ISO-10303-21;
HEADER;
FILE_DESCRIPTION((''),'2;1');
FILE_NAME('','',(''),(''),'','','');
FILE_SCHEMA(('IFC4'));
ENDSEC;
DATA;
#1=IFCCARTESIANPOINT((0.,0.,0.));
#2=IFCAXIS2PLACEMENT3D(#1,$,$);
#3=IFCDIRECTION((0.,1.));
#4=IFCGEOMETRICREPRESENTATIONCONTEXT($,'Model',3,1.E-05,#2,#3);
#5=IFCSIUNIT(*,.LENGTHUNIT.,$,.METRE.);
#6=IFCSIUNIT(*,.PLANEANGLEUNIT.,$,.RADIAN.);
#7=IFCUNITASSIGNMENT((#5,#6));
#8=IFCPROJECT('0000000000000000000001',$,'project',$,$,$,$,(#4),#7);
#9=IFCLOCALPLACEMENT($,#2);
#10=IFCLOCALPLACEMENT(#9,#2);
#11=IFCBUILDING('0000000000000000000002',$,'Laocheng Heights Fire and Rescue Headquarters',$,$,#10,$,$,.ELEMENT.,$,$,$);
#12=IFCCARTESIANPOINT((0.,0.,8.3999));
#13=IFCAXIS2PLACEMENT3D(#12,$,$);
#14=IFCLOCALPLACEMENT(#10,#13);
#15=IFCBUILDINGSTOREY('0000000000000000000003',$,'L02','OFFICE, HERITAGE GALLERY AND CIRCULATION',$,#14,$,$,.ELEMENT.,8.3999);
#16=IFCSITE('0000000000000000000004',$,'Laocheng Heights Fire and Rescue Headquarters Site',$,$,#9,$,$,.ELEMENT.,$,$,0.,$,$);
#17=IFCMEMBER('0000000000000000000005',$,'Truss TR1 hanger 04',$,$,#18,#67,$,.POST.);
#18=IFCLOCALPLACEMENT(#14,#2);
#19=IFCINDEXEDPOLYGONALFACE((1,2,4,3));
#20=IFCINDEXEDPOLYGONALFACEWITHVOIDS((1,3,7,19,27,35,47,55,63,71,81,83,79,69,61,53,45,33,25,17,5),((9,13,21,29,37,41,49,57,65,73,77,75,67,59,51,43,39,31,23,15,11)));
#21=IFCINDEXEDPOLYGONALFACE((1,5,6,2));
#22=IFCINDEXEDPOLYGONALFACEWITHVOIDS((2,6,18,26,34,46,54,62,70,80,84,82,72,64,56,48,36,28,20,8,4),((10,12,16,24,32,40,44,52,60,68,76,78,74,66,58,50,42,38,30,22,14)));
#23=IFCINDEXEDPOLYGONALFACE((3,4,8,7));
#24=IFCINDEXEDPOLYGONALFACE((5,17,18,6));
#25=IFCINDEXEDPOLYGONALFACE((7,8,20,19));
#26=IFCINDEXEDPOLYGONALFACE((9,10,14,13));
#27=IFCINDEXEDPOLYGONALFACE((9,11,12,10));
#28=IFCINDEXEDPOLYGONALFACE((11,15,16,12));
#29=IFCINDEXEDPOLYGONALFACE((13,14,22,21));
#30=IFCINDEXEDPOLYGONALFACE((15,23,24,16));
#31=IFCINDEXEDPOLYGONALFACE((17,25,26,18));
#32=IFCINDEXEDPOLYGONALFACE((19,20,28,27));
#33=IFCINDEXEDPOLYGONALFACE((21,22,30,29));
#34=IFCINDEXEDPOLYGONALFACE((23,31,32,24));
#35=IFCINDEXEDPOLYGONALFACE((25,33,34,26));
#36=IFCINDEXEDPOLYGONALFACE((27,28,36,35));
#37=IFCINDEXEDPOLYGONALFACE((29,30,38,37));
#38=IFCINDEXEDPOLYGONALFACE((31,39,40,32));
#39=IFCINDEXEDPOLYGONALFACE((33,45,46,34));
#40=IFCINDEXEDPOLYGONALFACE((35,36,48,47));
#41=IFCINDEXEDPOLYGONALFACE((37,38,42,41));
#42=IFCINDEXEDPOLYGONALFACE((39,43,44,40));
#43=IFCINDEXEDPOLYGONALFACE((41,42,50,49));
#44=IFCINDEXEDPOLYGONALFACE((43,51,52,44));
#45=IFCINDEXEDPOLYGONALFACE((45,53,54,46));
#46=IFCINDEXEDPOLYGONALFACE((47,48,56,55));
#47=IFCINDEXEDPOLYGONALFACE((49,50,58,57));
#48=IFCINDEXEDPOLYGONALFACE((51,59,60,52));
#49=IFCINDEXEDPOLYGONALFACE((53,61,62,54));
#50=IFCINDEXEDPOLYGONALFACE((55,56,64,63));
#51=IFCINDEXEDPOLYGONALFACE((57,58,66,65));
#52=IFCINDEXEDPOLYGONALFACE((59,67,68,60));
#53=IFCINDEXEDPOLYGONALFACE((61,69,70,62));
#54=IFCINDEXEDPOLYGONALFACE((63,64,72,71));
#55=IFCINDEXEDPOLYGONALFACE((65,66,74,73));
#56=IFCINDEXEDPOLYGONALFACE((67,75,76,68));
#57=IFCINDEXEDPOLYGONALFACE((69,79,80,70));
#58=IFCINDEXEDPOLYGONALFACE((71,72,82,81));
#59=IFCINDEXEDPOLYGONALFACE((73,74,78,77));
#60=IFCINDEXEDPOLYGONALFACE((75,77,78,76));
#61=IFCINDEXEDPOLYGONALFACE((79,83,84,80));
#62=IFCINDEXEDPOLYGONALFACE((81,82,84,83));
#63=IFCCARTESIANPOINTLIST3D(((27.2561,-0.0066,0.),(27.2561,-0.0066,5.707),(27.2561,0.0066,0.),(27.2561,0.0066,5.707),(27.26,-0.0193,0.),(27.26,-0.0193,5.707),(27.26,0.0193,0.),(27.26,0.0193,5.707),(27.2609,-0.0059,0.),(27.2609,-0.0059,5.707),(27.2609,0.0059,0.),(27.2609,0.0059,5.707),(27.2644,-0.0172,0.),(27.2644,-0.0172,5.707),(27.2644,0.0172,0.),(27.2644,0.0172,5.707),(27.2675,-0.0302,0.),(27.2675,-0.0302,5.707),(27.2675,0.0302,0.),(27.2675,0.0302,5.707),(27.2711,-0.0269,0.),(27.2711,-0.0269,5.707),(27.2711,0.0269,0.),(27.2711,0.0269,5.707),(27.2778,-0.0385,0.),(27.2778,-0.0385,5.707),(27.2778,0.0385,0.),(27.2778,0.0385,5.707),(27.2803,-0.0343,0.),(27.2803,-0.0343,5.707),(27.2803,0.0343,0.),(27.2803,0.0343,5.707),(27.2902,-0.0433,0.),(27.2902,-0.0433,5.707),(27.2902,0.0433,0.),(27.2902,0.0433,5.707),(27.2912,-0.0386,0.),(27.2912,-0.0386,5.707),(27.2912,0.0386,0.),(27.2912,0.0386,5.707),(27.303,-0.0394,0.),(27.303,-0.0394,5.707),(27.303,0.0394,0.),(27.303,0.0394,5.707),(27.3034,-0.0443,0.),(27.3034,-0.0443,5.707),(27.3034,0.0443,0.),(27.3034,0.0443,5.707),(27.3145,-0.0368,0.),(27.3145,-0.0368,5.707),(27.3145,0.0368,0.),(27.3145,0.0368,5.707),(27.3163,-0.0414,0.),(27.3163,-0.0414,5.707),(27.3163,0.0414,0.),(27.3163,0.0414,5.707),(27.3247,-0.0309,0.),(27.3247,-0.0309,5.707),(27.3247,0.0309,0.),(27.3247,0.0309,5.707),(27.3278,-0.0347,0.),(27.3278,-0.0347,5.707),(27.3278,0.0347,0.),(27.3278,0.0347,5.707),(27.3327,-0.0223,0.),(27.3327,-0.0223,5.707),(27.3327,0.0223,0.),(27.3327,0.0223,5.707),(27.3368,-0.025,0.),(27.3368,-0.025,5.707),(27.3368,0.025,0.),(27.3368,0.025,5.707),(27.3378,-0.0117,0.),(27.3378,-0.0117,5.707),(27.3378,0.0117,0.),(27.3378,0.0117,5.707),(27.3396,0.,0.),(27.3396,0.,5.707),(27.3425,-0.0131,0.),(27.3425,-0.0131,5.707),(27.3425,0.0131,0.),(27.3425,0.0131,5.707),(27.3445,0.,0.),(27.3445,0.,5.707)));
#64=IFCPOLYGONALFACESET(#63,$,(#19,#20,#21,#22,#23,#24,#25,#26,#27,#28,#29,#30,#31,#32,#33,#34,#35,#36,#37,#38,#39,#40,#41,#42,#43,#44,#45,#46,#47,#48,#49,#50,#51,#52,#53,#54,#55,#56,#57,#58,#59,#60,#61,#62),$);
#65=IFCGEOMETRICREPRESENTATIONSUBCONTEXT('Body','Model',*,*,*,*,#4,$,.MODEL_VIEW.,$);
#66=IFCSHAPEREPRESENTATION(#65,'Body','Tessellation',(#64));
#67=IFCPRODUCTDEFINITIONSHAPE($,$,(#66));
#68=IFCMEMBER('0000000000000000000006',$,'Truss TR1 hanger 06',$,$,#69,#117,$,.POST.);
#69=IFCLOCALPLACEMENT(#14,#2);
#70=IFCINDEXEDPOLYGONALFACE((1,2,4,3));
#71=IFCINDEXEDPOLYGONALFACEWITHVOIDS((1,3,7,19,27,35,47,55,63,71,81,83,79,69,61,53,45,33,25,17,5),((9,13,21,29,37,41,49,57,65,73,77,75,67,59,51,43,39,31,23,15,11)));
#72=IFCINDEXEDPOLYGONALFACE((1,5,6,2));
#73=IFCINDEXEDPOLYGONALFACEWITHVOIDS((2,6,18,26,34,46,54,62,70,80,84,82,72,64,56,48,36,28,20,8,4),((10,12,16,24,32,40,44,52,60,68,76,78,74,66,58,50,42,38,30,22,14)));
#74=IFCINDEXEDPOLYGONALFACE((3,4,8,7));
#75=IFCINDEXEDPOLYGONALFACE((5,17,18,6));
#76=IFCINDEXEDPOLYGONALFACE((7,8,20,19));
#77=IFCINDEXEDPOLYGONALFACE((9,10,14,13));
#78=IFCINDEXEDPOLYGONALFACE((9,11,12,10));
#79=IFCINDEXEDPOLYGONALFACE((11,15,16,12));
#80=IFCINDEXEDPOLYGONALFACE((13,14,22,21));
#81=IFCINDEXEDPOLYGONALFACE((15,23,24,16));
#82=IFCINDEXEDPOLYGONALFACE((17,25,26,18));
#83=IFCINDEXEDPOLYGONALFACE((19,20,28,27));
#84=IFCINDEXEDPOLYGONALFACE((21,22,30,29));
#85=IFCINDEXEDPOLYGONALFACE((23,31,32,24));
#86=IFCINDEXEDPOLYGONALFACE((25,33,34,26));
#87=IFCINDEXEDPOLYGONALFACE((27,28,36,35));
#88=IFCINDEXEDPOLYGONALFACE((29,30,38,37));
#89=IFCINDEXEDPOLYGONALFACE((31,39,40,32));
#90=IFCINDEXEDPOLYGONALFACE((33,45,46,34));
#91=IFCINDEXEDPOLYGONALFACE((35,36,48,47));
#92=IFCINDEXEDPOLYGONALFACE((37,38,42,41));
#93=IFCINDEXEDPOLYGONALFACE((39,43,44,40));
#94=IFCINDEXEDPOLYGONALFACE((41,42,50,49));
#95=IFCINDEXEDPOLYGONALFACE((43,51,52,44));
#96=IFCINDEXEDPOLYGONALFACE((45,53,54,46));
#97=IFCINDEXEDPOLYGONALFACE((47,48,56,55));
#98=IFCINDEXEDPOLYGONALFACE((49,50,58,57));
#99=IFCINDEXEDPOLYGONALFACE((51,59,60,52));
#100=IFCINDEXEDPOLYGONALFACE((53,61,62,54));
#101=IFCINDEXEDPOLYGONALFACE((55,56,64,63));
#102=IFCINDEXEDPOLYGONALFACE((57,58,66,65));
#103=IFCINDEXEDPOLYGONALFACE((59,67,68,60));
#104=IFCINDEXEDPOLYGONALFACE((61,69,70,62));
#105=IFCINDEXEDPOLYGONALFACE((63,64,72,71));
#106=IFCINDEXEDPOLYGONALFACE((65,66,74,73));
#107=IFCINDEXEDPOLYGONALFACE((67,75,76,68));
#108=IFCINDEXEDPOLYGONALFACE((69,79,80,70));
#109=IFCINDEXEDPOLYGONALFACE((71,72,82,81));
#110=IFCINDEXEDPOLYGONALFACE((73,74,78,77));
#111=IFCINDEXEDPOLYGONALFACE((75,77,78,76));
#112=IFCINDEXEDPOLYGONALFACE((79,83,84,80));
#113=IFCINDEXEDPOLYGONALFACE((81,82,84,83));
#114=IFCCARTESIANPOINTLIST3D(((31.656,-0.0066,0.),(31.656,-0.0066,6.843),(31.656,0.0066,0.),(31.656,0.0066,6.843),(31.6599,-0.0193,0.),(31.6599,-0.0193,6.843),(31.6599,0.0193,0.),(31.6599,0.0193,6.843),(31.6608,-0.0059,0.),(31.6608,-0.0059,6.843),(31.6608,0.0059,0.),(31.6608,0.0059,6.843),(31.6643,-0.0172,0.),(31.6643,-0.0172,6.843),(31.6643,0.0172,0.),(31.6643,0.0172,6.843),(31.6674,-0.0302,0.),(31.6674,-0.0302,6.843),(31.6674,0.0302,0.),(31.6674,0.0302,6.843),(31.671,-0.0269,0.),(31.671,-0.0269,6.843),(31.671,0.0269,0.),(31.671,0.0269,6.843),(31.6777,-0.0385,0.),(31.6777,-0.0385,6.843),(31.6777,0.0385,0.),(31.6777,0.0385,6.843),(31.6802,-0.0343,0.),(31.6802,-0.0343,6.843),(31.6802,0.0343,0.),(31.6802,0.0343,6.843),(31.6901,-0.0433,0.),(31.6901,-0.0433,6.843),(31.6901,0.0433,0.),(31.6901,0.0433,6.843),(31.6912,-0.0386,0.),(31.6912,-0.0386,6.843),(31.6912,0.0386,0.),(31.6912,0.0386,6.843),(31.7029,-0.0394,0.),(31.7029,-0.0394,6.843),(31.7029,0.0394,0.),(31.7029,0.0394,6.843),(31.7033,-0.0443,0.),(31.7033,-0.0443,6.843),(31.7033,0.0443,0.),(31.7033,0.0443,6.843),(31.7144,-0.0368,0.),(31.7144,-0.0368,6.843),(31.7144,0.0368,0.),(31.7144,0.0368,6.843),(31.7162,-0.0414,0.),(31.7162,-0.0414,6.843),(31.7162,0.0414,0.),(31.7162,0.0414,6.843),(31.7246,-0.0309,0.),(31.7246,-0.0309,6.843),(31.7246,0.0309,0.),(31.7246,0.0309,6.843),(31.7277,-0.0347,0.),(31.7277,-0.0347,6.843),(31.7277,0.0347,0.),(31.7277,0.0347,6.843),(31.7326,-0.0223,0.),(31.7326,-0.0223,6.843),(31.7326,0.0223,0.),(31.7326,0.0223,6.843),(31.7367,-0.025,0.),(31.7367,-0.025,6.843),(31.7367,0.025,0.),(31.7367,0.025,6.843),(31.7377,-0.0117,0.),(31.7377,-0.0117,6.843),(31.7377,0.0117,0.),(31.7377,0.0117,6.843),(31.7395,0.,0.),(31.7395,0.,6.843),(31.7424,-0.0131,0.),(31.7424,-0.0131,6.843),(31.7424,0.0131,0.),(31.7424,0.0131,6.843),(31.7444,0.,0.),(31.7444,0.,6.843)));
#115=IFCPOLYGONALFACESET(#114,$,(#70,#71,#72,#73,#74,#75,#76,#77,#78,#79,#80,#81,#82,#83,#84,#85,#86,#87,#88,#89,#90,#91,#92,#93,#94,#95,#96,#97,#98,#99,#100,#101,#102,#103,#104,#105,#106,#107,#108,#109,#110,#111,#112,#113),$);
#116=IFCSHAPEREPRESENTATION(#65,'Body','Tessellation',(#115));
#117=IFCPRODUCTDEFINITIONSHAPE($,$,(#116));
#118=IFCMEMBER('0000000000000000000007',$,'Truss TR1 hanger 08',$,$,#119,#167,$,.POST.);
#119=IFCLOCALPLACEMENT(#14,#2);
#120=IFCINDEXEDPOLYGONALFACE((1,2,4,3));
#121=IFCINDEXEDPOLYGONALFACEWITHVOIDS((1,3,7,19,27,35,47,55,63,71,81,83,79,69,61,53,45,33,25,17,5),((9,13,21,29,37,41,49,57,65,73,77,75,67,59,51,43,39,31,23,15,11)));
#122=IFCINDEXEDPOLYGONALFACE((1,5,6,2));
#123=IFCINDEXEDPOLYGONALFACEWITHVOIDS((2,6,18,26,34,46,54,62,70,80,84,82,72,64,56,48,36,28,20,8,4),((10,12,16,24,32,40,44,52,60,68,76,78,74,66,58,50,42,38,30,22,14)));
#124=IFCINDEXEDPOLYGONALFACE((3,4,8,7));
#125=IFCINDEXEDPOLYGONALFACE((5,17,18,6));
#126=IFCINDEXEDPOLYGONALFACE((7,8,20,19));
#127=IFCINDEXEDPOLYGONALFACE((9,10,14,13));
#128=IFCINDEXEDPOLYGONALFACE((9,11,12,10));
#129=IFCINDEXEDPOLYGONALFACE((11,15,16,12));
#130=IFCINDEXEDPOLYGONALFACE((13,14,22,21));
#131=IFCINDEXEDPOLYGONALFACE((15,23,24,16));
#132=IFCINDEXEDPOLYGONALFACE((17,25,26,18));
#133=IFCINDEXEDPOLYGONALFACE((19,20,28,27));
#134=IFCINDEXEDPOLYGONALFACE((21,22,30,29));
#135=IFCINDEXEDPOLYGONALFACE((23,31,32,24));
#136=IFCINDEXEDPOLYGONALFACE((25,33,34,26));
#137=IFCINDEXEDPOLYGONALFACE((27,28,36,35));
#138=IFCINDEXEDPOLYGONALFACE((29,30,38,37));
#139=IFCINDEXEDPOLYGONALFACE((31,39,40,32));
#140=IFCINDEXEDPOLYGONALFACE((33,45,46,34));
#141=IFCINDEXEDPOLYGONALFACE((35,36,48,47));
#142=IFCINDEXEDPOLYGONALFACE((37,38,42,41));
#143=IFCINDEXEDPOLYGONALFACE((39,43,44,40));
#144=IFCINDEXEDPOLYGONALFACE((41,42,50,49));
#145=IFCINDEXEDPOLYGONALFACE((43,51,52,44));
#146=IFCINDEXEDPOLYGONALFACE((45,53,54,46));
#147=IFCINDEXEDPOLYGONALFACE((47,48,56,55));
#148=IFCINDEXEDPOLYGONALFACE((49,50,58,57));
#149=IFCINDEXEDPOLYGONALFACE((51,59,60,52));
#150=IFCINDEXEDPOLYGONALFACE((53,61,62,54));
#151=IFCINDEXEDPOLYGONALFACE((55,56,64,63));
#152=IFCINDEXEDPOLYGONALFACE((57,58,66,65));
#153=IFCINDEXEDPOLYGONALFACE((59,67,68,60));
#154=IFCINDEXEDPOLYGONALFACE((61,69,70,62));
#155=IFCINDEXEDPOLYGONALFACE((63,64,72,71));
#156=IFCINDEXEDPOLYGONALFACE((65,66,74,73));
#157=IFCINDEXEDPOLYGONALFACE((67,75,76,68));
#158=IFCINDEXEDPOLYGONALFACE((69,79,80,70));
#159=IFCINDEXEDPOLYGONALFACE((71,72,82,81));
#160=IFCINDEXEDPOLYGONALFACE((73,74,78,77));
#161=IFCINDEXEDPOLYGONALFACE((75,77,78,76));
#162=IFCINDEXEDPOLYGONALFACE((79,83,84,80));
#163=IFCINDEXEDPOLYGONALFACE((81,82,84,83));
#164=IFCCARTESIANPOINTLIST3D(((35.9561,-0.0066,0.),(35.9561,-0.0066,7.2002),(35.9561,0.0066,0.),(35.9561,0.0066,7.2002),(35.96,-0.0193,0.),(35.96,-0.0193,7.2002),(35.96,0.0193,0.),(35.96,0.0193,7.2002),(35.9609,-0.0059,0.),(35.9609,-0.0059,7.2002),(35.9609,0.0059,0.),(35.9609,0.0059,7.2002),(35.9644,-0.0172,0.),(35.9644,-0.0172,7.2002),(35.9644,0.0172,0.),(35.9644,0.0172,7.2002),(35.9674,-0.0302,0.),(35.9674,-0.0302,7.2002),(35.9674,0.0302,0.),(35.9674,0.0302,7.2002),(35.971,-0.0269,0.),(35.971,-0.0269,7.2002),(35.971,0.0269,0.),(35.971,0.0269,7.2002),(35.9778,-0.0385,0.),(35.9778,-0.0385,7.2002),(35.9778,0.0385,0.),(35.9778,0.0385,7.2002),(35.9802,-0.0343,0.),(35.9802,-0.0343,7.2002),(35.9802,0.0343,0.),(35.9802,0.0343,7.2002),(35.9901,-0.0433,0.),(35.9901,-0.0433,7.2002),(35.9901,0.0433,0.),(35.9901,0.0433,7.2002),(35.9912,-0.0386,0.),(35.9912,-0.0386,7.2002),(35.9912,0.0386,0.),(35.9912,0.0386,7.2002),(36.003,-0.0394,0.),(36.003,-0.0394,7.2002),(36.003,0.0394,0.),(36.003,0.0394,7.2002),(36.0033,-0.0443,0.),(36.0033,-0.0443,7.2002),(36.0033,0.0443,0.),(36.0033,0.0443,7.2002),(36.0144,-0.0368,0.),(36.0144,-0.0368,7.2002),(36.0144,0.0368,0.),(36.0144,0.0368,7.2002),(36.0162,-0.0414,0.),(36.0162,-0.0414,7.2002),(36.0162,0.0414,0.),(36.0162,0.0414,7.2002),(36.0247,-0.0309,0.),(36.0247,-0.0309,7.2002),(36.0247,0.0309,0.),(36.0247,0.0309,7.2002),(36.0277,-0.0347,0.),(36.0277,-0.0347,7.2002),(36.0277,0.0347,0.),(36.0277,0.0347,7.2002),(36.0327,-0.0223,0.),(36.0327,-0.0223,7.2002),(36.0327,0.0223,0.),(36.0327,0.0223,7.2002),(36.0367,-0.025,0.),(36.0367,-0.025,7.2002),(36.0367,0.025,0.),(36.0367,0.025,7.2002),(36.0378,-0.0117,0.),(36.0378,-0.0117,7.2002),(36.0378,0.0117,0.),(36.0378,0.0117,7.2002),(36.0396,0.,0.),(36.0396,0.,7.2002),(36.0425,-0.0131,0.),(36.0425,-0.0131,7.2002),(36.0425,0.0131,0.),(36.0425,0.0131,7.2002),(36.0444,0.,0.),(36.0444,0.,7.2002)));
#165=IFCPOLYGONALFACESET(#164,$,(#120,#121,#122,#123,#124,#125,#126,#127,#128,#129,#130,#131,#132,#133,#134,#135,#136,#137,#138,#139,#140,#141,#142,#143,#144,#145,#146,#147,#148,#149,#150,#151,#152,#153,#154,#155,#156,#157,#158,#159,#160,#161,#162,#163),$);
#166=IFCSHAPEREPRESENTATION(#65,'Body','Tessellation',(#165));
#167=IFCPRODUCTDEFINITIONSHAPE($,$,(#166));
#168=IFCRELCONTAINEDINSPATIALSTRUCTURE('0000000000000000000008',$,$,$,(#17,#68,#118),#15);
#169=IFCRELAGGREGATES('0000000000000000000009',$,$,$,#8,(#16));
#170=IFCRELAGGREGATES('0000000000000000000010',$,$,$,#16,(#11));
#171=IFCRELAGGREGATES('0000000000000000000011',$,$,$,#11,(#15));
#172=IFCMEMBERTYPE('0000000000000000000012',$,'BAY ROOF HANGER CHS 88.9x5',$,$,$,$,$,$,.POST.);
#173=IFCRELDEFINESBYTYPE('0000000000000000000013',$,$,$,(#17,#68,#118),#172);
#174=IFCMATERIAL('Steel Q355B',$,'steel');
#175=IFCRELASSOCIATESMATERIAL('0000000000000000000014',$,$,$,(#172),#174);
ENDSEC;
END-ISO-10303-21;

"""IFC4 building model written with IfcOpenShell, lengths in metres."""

from ifc_helpers import new_model, si_unit, direction, frame, origin, origin_2d, place, context, subcontext, project, spatial, hollow_circle, extrude, material, material_profile, profile_set, type_object, element, save


model = new_model("IFC4")

# Units and contexts
model_context = context("Model", 3, precision=1e-05, world=origin(), true_north=direction((0.0, 1.0)))
body_context = subcontext(model_context, "Body", "Model", "MODEL_VIEW")
ifc_project = project(units=[si_unit("LENGTHUNIT", "METRE"), si_unit("PLANEANGLEUNIT", "RADIAN")], contexts=[model_context])

# Site, building, storey
site_placement = place(None, origin())
site = spatial("IfcSite", under=ifc_project, at=site_placement, Name="Laocheng Heights Fire and Rescue Headquarters Site", CompositionType="ELEMENT", RefElevation=0.0)
building_placement = place(site_placement, origin())
building = spatial("IfcBuilding", under=site, at=building_placement, Name="Laocheng Heights Fire and Rescue Headquarters", CompositionType="ELEMENT")
storey_placement = place(building_placement, frame((0.0, 0.0, 8.3999)))
storey = spatial("IfcBuildingStorey", under=building, at=storey_placement, Name="L02", Description="OFFICE, HERITAGE GALLERY AND CIRCULATION", CompositionType="ELEMENT", Elevation=8.3999)

# Members
ifc_material_1 = material(Name="Steel Q355B", Category="steel")
ifc_material_profile_1 = material_profile(ifc_material_1, hollow_circle(Radius=0.0444, WallThickness=0.0049, at=origin_2d()), Name="CHS 88.9x5")
ifc_profile_set_1 = profile_set([ifc_material_profile_1], Name="Steel Q355B")
member_type_1 = type_object("IfcMemberType", Name="BAY ROOF HANGER CHS 88.9x5", PredefinedType="POST", material=ifc_profile_set_1)
member_1_placement = place(storey_placement, frame((27.3, 0.0, 0.0), z_axis=(0.0, 0.0, 1.0), x_axis=(1.0, 0.0, 0.0)))
element("IfcMember", 1, at=member_1_placement, inside=storey, type_object=member_type_1, Name="Truss TR1 hanger 04", PredefinedType="POST", context=body_context, shape_type="SweptSolid", body=[
    extrude(hollow_circle(Radius=0.0444, WallThickness=0.0049, at=origin_2d()), origin(), (0.0, 0.0, 1.0), 5.707),
])
member_2_placement = place(storey_placement, frame((31.7, 0.0, 0.0), z_axis=(0.0, 0.0, 1.0), x_axis=(1.0, 0.0, 0.0)))
element("IfcMember", 2, at=member_2_placement, inside=storey, type_object=member_type_1, Name="Truss TR1 hanger 06", PredefinedType="POST", context=body_context, shape_type="SweptSolid", body=[
    extrude(hollow_circle(Radius=0.0444, WallThickness=0.0049, at=origin_2d()), origin(), (0.0, 0.0, 1.0), 6.843),
])
member_3_placement = place(storey_placement, frame((36.0, 0.0, 0.0), z_axis=(0.0, 0.0, 1.0), x_axis=(1.0, 0.0, 0.0)))
element("IfcMember", 3, at=member_3_placement, inside=storey, type_object=member_type_1, Name="Truss TR1 hanger 08", PredefinedType="POST", context=body_context, shape_type="SweptSolid", body=[
    extrude(hollow_circle(Radius=0.0444, WallThickness=0.0049, at=origin_2d()), origin(), (0.0, 0.0, 1.0), 7.2002),
])

save(model, "model.ifc")
